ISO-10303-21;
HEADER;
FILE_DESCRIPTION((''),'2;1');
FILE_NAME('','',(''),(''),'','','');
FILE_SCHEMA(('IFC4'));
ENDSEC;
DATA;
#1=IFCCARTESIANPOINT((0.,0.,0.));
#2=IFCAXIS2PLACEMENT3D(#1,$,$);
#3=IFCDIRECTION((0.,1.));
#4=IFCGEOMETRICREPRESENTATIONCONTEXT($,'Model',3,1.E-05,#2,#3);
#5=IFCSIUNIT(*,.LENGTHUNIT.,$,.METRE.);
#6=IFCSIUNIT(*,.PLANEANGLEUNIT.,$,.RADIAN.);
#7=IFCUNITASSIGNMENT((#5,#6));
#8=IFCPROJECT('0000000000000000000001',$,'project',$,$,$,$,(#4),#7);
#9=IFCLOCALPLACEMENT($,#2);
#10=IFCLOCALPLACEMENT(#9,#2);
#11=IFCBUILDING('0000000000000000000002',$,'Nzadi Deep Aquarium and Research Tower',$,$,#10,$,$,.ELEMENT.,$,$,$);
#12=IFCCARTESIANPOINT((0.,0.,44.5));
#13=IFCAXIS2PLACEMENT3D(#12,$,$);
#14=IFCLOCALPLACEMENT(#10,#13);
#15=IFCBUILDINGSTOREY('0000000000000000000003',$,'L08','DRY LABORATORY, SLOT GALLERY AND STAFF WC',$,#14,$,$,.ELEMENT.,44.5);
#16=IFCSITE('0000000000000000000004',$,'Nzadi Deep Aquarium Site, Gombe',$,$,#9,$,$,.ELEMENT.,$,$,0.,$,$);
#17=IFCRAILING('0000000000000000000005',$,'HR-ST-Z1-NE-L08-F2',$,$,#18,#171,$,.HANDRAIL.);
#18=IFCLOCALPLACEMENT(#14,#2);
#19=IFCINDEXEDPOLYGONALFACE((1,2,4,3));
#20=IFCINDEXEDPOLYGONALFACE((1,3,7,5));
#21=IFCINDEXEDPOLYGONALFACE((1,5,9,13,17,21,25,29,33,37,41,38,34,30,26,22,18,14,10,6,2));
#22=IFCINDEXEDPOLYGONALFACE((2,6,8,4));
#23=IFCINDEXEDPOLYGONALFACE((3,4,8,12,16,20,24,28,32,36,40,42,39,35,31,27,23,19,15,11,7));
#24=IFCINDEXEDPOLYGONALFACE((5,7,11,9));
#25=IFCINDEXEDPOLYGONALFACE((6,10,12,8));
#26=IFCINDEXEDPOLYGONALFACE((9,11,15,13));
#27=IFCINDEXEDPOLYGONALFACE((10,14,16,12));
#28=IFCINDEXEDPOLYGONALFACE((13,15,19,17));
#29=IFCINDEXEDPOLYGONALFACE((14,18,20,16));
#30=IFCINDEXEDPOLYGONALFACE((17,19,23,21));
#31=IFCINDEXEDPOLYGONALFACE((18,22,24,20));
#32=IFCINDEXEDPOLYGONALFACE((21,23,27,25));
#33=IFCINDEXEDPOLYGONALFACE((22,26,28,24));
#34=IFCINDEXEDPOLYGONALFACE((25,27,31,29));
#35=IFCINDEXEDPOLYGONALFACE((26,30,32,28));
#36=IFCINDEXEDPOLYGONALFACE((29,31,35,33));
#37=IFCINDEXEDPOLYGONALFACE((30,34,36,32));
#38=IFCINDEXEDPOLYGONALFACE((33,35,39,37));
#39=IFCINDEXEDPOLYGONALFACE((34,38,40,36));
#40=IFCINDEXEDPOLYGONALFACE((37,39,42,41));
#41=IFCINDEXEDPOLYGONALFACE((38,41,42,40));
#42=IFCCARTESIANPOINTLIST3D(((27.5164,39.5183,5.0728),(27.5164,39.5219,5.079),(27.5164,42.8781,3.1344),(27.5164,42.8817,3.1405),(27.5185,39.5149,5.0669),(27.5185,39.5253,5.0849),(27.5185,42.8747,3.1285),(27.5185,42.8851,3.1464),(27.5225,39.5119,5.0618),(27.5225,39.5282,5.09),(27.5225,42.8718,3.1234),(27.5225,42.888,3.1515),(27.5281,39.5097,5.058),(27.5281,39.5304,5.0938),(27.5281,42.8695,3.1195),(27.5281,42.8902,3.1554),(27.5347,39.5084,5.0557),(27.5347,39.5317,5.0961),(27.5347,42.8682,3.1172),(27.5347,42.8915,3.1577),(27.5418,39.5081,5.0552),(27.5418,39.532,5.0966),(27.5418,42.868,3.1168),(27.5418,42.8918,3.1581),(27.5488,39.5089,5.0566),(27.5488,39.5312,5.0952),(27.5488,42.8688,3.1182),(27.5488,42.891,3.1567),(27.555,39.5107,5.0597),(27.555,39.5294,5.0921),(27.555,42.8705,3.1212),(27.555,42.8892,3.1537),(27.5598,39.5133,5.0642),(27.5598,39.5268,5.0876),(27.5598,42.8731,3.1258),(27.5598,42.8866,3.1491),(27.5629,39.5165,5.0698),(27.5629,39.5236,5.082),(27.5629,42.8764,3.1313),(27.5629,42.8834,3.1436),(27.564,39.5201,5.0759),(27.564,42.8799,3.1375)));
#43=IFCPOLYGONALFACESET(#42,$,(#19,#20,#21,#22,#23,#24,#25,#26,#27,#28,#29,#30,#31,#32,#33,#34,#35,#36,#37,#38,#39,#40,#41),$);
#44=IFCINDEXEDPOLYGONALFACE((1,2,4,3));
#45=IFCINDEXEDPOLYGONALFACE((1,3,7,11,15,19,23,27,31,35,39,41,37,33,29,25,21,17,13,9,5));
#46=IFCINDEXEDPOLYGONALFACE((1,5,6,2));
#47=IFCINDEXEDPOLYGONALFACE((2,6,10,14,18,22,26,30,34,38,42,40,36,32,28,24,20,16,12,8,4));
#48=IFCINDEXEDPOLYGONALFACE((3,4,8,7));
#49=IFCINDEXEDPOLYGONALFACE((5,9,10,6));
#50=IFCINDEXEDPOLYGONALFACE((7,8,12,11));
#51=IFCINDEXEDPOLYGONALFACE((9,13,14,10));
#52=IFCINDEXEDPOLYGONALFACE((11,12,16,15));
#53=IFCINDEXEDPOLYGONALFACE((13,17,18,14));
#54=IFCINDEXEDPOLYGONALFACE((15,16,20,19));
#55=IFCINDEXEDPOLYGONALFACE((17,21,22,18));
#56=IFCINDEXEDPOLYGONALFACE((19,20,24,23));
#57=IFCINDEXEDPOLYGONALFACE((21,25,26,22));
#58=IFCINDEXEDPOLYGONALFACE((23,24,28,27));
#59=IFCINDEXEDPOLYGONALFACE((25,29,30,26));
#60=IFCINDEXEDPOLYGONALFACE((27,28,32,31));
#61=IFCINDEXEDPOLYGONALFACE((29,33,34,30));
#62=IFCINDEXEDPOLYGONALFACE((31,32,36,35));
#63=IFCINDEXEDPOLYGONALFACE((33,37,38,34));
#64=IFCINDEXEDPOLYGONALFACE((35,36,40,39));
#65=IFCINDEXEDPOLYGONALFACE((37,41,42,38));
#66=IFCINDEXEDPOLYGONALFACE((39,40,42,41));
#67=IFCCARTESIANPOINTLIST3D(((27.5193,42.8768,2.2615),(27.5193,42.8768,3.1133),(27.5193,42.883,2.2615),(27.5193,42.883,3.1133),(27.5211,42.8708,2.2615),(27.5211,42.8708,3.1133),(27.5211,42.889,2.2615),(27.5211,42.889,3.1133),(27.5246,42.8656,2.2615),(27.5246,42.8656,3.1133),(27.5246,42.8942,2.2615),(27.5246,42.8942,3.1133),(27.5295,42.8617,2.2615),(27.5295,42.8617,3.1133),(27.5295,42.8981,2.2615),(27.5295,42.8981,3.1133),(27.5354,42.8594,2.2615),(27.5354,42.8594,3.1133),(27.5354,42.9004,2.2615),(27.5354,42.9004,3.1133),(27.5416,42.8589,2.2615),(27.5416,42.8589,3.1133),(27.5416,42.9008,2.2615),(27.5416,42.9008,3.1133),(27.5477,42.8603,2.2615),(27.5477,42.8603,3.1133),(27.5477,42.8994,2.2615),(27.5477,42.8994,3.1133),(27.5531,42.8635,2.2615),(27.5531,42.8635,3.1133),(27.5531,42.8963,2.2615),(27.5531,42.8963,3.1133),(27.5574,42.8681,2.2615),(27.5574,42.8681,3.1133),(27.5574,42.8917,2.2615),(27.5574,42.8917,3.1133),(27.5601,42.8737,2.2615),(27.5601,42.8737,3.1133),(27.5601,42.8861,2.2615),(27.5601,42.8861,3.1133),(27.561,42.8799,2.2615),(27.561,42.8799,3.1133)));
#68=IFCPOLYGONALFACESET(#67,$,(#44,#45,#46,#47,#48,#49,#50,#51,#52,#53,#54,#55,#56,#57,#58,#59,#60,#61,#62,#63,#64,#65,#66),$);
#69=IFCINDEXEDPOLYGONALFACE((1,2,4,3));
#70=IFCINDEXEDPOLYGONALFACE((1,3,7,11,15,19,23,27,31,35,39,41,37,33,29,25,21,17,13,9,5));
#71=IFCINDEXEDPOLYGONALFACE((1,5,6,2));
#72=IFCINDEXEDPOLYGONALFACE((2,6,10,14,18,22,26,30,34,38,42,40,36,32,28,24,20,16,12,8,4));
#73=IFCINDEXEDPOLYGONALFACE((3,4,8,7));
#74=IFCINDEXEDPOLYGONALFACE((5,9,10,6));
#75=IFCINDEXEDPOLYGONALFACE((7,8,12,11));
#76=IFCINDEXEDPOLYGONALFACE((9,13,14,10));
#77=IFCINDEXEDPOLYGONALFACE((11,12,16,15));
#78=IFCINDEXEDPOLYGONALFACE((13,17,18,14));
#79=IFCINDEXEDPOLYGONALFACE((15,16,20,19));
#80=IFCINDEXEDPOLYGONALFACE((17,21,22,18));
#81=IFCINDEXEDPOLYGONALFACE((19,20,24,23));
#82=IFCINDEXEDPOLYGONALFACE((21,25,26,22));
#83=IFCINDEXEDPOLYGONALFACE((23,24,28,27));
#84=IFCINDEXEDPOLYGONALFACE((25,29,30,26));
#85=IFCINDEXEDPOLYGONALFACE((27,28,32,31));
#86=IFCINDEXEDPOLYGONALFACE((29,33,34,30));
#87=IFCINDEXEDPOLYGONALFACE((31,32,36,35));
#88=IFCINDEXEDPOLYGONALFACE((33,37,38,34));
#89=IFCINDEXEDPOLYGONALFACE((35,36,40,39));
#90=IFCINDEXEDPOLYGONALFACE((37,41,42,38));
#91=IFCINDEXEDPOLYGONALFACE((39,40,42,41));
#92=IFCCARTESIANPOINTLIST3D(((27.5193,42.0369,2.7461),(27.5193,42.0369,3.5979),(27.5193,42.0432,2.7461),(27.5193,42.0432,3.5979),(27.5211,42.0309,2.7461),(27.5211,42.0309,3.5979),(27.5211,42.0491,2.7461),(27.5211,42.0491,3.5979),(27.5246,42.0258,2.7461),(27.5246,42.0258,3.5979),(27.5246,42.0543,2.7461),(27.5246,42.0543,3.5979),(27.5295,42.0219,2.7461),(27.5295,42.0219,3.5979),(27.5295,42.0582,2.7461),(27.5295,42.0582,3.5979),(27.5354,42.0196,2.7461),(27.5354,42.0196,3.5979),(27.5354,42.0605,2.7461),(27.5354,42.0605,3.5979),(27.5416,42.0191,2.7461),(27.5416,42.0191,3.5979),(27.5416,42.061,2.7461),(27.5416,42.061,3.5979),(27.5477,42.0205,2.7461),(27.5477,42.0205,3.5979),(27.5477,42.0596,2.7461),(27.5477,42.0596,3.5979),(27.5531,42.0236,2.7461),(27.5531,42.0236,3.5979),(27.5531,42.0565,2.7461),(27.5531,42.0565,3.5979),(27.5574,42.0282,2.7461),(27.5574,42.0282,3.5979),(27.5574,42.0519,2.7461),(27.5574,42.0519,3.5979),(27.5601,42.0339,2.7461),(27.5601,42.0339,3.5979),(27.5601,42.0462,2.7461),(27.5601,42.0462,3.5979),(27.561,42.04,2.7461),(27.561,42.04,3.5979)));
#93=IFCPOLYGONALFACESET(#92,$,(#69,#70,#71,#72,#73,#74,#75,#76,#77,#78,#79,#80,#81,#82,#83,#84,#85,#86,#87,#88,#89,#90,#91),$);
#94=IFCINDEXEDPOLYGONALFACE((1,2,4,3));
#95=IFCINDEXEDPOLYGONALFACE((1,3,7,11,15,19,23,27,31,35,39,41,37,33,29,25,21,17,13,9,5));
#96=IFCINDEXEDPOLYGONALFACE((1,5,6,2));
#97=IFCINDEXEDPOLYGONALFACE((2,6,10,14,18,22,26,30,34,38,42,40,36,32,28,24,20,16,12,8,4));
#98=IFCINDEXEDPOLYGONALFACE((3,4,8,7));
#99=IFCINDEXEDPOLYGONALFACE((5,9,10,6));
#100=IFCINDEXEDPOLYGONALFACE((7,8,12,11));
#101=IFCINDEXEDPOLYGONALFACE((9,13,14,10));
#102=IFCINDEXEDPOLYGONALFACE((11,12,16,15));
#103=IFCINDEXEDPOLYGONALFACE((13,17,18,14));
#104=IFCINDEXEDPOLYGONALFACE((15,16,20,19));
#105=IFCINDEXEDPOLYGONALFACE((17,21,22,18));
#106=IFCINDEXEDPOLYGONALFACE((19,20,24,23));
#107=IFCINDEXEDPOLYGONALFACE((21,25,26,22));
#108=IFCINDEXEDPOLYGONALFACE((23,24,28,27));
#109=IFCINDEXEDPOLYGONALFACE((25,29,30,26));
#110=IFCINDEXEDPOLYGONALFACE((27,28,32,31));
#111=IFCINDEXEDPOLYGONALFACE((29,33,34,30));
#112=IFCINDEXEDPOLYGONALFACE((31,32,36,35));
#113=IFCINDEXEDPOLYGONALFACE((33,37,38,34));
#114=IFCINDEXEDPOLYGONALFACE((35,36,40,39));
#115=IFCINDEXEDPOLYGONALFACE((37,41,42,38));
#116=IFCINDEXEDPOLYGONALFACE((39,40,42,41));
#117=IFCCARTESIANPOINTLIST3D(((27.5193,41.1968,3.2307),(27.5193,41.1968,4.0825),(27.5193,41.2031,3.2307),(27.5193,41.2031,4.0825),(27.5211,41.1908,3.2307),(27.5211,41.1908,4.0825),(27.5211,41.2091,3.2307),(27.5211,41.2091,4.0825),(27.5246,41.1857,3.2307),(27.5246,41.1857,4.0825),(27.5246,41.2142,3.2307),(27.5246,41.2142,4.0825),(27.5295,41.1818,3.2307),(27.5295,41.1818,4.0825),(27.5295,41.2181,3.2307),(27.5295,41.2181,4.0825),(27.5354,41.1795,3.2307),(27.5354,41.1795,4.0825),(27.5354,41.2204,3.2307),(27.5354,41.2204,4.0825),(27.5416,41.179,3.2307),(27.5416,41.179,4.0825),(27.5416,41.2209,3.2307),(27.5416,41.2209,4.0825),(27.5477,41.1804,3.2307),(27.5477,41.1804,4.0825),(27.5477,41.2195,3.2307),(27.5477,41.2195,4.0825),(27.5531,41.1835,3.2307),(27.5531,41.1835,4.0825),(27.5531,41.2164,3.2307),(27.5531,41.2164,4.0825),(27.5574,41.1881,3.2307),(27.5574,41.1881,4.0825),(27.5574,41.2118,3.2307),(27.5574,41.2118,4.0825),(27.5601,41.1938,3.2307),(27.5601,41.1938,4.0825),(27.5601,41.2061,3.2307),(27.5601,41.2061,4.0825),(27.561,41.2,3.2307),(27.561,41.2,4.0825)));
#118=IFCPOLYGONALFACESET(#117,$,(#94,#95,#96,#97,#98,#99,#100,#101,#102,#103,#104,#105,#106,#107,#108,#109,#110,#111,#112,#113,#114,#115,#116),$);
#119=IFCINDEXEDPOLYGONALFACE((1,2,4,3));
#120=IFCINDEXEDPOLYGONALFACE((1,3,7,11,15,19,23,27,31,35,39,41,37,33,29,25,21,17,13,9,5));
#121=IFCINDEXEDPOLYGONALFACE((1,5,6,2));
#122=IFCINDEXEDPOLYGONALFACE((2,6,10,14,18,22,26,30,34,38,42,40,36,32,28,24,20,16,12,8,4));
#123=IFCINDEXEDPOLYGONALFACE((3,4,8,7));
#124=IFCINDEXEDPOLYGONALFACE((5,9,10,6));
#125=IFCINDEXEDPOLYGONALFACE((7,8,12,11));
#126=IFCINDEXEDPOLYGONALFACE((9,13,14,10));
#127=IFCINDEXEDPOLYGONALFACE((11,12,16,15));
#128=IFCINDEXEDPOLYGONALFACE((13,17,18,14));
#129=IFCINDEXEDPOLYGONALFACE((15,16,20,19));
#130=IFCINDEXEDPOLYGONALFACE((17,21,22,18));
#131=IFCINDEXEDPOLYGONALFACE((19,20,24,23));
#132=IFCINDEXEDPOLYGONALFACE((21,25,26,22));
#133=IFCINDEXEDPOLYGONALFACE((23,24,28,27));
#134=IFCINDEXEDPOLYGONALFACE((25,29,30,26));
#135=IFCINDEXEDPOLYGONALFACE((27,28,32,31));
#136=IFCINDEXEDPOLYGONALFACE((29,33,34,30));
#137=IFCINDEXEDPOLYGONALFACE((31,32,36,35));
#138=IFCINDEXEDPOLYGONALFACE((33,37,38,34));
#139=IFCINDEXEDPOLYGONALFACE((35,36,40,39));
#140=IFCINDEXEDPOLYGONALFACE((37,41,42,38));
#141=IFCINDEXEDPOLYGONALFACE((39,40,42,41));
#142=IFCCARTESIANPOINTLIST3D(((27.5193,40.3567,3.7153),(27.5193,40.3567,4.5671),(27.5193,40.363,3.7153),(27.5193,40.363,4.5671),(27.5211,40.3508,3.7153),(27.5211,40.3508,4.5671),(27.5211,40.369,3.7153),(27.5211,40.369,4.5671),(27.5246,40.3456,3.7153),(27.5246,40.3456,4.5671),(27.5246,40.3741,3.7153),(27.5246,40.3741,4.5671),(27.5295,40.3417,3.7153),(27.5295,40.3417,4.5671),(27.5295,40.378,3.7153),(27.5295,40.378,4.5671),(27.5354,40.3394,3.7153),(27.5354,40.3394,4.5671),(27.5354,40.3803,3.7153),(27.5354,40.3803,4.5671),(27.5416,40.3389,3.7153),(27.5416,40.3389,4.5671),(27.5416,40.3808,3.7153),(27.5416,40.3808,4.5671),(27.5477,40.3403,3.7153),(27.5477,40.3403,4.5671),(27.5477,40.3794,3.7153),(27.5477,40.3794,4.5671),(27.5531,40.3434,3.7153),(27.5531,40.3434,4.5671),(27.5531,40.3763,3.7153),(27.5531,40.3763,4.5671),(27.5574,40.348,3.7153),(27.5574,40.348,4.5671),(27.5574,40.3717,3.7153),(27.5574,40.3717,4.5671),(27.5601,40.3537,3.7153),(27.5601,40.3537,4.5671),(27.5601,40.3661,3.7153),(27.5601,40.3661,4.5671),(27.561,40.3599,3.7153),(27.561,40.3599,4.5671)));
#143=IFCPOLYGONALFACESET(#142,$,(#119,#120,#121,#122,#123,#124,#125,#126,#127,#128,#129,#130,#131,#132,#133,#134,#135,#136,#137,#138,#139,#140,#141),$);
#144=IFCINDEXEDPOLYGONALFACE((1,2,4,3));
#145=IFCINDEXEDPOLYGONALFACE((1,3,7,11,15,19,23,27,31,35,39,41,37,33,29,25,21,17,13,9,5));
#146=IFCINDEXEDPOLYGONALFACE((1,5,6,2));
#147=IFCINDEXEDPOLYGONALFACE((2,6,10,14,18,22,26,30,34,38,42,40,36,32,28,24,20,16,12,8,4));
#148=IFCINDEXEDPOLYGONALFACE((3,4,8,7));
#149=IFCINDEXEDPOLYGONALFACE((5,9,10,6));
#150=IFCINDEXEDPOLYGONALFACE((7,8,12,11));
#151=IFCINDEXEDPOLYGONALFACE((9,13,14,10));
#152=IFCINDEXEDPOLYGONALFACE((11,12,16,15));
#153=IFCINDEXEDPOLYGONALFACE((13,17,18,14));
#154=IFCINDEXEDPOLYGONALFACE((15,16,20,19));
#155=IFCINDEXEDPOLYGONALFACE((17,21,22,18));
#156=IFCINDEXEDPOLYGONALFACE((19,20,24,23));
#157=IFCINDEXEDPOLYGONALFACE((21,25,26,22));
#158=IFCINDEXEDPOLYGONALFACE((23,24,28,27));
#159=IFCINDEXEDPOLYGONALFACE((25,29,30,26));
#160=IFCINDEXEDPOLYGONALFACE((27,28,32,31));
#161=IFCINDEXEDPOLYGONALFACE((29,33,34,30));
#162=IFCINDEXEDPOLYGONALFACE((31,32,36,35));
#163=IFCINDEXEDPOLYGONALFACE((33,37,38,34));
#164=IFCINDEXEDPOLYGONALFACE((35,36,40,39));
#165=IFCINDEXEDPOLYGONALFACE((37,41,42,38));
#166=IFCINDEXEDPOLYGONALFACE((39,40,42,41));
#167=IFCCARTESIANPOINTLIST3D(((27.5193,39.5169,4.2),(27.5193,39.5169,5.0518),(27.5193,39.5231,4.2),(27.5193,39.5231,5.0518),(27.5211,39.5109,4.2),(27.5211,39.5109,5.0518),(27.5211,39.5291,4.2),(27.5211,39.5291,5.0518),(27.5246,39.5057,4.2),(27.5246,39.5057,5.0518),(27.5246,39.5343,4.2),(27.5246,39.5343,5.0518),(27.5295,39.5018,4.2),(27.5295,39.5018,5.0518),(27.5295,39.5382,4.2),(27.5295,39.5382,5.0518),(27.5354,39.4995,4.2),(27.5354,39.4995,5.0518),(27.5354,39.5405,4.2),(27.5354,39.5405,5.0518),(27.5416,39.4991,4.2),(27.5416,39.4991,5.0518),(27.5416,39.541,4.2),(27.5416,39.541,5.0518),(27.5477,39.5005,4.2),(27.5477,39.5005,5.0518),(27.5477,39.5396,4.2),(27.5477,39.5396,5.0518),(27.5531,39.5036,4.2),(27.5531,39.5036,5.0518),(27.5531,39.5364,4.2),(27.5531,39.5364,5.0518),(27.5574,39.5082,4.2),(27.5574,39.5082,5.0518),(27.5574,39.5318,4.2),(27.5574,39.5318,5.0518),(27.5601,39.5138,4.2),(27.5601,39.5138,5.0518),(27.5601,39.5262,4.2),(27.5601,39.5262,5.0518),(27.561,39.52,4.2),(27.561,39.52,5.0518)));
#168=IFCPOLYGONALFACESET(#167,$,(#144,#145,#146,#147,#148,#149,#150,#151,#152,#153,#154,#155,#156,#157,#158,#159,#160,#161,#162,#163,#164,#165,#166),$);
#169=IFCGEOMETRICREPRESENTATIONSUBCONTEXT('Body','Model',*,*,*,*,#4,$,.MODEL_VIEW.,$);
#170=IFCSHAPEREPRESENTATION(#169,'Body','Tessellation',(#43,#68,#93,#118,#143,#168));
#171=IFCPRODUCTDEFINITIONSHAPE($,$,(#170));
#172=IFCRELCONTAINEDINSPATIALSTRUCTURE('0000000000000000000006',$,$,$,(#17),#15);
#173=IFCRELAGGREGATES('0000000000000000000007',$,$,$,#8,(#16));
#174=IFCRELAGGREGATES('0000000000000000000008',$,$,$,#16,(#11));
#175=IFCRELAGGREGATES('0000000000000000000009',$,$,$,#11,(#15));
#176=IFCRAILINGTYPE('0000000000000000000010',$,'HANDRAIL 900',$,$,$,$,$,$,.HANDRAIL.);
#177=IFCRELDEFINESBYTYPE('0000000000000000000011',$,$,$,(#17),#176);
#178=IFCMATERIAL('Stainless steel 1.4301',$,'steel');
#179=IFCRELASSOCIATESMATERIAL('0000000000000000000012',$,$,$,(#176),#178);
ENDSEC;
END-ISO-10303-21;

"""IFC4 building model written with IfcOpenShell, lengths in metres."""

from ifc_helpers import new_model, si_unit, direction, frame, origin, origin_2d, place, context, subcontext, project, spatial, circle, extrude, material, type_object, element, save


model = new_model("IFC4")

# Units and contexts
model_context = context("Model", 3, precision=1e-05, world=origin(), true_north=direction((0.0, 1.0)))
body_context = subcontext(model_context, "Body", "Model", "MODEL_VIEW")
ifc_project = project(units=[si_unit("LENGTHUNIT", "METRE"), si_unit("PLANEANGLEUNIT", "RADIAN")], contexts=[model_context])

# Site, building, storey
site_placement = place(None, origin())
site = spatial("IfcSite", under=ifc_project, at=site_placement, Name="Nzadi Deep Aquarium Site, Gombe", CompositionType="ELEMENT", RefElevation=0.0)
building_placement = place(site_placement, origin())
building = spatial("IfcBuilding", under=site, at=building_placement, Name="Nzadi Deep Aquarium and Research Tower", CompositionType="ELEMENT")
storey_placement = place(building_placement, frame((0.0, 0.0, 44.5)))
storey = spatial("IfcBuildingStorey", under=building, at=storey_placement, Name="L08", Description="DRY LABORATORY, SLOT GALLERY AND STAFF WC", CompositionType="ELEMENT", Elevation=44.5)

# Railing
ifc_material_1 = material(Name="Stainless steel 1.4301", Category="steel")
railing_type = type_object("IfcRailingType", Name="HANDRAIL 900", PredefinedType="HANDRAIL", material=ifc_material_1)
for number, where, name in (
    (1, (27.54, 42.8799, 2.2615), "HR-ST-Z1-NE-L08-F2"),
):
    element("IfcRailing", number, at=place(storey_placement, frame(where)), inside=storey, type_object=railing_type, Name=name, PredefinedType="HANDRAIL", context=body_context, shape_type="SweptSolid", body=[
        extrude(circle(Radius=0.0239, at=origin_2d()), frame((0.0, 0.0, 0.876), z_axis=(0.0, -0.866175, 0.499741), x_axis=(1.0, 0.0, 0.0)), (0.0, 0.0, 1.0), 3.8789),
        extrude(circle(Radius=0.021, at=origin_2d()), origin(), (0.0, 0.0, 1.0), 0.8518),
        extrude(circle(Radius=0.021, at=origin_2d()), frame((0.0, -0.8398, 0.4846)), (0.0, 0.0, 1.0), 0.8518),
        extrude(circle(Radius=0.021, at=origin_2d()), frame((0.0, -1.6799, 0.9692)), (0.0, 0.0, 1.0), 0.8518),
        extrude(circle(Radius=0.021, at=origin_2d()), frame((0.0, -2.52, 1.4539)), (0.0, 0.0, 1.0), 0.8518),
        extrude(circle(Radius=0.021, at=origin_2d()), frame((0.0, -3.3599, 1.9385)), (0.0, 0.0, 1.0), 0.8518),
    ])

save(model, "model.ifc")
